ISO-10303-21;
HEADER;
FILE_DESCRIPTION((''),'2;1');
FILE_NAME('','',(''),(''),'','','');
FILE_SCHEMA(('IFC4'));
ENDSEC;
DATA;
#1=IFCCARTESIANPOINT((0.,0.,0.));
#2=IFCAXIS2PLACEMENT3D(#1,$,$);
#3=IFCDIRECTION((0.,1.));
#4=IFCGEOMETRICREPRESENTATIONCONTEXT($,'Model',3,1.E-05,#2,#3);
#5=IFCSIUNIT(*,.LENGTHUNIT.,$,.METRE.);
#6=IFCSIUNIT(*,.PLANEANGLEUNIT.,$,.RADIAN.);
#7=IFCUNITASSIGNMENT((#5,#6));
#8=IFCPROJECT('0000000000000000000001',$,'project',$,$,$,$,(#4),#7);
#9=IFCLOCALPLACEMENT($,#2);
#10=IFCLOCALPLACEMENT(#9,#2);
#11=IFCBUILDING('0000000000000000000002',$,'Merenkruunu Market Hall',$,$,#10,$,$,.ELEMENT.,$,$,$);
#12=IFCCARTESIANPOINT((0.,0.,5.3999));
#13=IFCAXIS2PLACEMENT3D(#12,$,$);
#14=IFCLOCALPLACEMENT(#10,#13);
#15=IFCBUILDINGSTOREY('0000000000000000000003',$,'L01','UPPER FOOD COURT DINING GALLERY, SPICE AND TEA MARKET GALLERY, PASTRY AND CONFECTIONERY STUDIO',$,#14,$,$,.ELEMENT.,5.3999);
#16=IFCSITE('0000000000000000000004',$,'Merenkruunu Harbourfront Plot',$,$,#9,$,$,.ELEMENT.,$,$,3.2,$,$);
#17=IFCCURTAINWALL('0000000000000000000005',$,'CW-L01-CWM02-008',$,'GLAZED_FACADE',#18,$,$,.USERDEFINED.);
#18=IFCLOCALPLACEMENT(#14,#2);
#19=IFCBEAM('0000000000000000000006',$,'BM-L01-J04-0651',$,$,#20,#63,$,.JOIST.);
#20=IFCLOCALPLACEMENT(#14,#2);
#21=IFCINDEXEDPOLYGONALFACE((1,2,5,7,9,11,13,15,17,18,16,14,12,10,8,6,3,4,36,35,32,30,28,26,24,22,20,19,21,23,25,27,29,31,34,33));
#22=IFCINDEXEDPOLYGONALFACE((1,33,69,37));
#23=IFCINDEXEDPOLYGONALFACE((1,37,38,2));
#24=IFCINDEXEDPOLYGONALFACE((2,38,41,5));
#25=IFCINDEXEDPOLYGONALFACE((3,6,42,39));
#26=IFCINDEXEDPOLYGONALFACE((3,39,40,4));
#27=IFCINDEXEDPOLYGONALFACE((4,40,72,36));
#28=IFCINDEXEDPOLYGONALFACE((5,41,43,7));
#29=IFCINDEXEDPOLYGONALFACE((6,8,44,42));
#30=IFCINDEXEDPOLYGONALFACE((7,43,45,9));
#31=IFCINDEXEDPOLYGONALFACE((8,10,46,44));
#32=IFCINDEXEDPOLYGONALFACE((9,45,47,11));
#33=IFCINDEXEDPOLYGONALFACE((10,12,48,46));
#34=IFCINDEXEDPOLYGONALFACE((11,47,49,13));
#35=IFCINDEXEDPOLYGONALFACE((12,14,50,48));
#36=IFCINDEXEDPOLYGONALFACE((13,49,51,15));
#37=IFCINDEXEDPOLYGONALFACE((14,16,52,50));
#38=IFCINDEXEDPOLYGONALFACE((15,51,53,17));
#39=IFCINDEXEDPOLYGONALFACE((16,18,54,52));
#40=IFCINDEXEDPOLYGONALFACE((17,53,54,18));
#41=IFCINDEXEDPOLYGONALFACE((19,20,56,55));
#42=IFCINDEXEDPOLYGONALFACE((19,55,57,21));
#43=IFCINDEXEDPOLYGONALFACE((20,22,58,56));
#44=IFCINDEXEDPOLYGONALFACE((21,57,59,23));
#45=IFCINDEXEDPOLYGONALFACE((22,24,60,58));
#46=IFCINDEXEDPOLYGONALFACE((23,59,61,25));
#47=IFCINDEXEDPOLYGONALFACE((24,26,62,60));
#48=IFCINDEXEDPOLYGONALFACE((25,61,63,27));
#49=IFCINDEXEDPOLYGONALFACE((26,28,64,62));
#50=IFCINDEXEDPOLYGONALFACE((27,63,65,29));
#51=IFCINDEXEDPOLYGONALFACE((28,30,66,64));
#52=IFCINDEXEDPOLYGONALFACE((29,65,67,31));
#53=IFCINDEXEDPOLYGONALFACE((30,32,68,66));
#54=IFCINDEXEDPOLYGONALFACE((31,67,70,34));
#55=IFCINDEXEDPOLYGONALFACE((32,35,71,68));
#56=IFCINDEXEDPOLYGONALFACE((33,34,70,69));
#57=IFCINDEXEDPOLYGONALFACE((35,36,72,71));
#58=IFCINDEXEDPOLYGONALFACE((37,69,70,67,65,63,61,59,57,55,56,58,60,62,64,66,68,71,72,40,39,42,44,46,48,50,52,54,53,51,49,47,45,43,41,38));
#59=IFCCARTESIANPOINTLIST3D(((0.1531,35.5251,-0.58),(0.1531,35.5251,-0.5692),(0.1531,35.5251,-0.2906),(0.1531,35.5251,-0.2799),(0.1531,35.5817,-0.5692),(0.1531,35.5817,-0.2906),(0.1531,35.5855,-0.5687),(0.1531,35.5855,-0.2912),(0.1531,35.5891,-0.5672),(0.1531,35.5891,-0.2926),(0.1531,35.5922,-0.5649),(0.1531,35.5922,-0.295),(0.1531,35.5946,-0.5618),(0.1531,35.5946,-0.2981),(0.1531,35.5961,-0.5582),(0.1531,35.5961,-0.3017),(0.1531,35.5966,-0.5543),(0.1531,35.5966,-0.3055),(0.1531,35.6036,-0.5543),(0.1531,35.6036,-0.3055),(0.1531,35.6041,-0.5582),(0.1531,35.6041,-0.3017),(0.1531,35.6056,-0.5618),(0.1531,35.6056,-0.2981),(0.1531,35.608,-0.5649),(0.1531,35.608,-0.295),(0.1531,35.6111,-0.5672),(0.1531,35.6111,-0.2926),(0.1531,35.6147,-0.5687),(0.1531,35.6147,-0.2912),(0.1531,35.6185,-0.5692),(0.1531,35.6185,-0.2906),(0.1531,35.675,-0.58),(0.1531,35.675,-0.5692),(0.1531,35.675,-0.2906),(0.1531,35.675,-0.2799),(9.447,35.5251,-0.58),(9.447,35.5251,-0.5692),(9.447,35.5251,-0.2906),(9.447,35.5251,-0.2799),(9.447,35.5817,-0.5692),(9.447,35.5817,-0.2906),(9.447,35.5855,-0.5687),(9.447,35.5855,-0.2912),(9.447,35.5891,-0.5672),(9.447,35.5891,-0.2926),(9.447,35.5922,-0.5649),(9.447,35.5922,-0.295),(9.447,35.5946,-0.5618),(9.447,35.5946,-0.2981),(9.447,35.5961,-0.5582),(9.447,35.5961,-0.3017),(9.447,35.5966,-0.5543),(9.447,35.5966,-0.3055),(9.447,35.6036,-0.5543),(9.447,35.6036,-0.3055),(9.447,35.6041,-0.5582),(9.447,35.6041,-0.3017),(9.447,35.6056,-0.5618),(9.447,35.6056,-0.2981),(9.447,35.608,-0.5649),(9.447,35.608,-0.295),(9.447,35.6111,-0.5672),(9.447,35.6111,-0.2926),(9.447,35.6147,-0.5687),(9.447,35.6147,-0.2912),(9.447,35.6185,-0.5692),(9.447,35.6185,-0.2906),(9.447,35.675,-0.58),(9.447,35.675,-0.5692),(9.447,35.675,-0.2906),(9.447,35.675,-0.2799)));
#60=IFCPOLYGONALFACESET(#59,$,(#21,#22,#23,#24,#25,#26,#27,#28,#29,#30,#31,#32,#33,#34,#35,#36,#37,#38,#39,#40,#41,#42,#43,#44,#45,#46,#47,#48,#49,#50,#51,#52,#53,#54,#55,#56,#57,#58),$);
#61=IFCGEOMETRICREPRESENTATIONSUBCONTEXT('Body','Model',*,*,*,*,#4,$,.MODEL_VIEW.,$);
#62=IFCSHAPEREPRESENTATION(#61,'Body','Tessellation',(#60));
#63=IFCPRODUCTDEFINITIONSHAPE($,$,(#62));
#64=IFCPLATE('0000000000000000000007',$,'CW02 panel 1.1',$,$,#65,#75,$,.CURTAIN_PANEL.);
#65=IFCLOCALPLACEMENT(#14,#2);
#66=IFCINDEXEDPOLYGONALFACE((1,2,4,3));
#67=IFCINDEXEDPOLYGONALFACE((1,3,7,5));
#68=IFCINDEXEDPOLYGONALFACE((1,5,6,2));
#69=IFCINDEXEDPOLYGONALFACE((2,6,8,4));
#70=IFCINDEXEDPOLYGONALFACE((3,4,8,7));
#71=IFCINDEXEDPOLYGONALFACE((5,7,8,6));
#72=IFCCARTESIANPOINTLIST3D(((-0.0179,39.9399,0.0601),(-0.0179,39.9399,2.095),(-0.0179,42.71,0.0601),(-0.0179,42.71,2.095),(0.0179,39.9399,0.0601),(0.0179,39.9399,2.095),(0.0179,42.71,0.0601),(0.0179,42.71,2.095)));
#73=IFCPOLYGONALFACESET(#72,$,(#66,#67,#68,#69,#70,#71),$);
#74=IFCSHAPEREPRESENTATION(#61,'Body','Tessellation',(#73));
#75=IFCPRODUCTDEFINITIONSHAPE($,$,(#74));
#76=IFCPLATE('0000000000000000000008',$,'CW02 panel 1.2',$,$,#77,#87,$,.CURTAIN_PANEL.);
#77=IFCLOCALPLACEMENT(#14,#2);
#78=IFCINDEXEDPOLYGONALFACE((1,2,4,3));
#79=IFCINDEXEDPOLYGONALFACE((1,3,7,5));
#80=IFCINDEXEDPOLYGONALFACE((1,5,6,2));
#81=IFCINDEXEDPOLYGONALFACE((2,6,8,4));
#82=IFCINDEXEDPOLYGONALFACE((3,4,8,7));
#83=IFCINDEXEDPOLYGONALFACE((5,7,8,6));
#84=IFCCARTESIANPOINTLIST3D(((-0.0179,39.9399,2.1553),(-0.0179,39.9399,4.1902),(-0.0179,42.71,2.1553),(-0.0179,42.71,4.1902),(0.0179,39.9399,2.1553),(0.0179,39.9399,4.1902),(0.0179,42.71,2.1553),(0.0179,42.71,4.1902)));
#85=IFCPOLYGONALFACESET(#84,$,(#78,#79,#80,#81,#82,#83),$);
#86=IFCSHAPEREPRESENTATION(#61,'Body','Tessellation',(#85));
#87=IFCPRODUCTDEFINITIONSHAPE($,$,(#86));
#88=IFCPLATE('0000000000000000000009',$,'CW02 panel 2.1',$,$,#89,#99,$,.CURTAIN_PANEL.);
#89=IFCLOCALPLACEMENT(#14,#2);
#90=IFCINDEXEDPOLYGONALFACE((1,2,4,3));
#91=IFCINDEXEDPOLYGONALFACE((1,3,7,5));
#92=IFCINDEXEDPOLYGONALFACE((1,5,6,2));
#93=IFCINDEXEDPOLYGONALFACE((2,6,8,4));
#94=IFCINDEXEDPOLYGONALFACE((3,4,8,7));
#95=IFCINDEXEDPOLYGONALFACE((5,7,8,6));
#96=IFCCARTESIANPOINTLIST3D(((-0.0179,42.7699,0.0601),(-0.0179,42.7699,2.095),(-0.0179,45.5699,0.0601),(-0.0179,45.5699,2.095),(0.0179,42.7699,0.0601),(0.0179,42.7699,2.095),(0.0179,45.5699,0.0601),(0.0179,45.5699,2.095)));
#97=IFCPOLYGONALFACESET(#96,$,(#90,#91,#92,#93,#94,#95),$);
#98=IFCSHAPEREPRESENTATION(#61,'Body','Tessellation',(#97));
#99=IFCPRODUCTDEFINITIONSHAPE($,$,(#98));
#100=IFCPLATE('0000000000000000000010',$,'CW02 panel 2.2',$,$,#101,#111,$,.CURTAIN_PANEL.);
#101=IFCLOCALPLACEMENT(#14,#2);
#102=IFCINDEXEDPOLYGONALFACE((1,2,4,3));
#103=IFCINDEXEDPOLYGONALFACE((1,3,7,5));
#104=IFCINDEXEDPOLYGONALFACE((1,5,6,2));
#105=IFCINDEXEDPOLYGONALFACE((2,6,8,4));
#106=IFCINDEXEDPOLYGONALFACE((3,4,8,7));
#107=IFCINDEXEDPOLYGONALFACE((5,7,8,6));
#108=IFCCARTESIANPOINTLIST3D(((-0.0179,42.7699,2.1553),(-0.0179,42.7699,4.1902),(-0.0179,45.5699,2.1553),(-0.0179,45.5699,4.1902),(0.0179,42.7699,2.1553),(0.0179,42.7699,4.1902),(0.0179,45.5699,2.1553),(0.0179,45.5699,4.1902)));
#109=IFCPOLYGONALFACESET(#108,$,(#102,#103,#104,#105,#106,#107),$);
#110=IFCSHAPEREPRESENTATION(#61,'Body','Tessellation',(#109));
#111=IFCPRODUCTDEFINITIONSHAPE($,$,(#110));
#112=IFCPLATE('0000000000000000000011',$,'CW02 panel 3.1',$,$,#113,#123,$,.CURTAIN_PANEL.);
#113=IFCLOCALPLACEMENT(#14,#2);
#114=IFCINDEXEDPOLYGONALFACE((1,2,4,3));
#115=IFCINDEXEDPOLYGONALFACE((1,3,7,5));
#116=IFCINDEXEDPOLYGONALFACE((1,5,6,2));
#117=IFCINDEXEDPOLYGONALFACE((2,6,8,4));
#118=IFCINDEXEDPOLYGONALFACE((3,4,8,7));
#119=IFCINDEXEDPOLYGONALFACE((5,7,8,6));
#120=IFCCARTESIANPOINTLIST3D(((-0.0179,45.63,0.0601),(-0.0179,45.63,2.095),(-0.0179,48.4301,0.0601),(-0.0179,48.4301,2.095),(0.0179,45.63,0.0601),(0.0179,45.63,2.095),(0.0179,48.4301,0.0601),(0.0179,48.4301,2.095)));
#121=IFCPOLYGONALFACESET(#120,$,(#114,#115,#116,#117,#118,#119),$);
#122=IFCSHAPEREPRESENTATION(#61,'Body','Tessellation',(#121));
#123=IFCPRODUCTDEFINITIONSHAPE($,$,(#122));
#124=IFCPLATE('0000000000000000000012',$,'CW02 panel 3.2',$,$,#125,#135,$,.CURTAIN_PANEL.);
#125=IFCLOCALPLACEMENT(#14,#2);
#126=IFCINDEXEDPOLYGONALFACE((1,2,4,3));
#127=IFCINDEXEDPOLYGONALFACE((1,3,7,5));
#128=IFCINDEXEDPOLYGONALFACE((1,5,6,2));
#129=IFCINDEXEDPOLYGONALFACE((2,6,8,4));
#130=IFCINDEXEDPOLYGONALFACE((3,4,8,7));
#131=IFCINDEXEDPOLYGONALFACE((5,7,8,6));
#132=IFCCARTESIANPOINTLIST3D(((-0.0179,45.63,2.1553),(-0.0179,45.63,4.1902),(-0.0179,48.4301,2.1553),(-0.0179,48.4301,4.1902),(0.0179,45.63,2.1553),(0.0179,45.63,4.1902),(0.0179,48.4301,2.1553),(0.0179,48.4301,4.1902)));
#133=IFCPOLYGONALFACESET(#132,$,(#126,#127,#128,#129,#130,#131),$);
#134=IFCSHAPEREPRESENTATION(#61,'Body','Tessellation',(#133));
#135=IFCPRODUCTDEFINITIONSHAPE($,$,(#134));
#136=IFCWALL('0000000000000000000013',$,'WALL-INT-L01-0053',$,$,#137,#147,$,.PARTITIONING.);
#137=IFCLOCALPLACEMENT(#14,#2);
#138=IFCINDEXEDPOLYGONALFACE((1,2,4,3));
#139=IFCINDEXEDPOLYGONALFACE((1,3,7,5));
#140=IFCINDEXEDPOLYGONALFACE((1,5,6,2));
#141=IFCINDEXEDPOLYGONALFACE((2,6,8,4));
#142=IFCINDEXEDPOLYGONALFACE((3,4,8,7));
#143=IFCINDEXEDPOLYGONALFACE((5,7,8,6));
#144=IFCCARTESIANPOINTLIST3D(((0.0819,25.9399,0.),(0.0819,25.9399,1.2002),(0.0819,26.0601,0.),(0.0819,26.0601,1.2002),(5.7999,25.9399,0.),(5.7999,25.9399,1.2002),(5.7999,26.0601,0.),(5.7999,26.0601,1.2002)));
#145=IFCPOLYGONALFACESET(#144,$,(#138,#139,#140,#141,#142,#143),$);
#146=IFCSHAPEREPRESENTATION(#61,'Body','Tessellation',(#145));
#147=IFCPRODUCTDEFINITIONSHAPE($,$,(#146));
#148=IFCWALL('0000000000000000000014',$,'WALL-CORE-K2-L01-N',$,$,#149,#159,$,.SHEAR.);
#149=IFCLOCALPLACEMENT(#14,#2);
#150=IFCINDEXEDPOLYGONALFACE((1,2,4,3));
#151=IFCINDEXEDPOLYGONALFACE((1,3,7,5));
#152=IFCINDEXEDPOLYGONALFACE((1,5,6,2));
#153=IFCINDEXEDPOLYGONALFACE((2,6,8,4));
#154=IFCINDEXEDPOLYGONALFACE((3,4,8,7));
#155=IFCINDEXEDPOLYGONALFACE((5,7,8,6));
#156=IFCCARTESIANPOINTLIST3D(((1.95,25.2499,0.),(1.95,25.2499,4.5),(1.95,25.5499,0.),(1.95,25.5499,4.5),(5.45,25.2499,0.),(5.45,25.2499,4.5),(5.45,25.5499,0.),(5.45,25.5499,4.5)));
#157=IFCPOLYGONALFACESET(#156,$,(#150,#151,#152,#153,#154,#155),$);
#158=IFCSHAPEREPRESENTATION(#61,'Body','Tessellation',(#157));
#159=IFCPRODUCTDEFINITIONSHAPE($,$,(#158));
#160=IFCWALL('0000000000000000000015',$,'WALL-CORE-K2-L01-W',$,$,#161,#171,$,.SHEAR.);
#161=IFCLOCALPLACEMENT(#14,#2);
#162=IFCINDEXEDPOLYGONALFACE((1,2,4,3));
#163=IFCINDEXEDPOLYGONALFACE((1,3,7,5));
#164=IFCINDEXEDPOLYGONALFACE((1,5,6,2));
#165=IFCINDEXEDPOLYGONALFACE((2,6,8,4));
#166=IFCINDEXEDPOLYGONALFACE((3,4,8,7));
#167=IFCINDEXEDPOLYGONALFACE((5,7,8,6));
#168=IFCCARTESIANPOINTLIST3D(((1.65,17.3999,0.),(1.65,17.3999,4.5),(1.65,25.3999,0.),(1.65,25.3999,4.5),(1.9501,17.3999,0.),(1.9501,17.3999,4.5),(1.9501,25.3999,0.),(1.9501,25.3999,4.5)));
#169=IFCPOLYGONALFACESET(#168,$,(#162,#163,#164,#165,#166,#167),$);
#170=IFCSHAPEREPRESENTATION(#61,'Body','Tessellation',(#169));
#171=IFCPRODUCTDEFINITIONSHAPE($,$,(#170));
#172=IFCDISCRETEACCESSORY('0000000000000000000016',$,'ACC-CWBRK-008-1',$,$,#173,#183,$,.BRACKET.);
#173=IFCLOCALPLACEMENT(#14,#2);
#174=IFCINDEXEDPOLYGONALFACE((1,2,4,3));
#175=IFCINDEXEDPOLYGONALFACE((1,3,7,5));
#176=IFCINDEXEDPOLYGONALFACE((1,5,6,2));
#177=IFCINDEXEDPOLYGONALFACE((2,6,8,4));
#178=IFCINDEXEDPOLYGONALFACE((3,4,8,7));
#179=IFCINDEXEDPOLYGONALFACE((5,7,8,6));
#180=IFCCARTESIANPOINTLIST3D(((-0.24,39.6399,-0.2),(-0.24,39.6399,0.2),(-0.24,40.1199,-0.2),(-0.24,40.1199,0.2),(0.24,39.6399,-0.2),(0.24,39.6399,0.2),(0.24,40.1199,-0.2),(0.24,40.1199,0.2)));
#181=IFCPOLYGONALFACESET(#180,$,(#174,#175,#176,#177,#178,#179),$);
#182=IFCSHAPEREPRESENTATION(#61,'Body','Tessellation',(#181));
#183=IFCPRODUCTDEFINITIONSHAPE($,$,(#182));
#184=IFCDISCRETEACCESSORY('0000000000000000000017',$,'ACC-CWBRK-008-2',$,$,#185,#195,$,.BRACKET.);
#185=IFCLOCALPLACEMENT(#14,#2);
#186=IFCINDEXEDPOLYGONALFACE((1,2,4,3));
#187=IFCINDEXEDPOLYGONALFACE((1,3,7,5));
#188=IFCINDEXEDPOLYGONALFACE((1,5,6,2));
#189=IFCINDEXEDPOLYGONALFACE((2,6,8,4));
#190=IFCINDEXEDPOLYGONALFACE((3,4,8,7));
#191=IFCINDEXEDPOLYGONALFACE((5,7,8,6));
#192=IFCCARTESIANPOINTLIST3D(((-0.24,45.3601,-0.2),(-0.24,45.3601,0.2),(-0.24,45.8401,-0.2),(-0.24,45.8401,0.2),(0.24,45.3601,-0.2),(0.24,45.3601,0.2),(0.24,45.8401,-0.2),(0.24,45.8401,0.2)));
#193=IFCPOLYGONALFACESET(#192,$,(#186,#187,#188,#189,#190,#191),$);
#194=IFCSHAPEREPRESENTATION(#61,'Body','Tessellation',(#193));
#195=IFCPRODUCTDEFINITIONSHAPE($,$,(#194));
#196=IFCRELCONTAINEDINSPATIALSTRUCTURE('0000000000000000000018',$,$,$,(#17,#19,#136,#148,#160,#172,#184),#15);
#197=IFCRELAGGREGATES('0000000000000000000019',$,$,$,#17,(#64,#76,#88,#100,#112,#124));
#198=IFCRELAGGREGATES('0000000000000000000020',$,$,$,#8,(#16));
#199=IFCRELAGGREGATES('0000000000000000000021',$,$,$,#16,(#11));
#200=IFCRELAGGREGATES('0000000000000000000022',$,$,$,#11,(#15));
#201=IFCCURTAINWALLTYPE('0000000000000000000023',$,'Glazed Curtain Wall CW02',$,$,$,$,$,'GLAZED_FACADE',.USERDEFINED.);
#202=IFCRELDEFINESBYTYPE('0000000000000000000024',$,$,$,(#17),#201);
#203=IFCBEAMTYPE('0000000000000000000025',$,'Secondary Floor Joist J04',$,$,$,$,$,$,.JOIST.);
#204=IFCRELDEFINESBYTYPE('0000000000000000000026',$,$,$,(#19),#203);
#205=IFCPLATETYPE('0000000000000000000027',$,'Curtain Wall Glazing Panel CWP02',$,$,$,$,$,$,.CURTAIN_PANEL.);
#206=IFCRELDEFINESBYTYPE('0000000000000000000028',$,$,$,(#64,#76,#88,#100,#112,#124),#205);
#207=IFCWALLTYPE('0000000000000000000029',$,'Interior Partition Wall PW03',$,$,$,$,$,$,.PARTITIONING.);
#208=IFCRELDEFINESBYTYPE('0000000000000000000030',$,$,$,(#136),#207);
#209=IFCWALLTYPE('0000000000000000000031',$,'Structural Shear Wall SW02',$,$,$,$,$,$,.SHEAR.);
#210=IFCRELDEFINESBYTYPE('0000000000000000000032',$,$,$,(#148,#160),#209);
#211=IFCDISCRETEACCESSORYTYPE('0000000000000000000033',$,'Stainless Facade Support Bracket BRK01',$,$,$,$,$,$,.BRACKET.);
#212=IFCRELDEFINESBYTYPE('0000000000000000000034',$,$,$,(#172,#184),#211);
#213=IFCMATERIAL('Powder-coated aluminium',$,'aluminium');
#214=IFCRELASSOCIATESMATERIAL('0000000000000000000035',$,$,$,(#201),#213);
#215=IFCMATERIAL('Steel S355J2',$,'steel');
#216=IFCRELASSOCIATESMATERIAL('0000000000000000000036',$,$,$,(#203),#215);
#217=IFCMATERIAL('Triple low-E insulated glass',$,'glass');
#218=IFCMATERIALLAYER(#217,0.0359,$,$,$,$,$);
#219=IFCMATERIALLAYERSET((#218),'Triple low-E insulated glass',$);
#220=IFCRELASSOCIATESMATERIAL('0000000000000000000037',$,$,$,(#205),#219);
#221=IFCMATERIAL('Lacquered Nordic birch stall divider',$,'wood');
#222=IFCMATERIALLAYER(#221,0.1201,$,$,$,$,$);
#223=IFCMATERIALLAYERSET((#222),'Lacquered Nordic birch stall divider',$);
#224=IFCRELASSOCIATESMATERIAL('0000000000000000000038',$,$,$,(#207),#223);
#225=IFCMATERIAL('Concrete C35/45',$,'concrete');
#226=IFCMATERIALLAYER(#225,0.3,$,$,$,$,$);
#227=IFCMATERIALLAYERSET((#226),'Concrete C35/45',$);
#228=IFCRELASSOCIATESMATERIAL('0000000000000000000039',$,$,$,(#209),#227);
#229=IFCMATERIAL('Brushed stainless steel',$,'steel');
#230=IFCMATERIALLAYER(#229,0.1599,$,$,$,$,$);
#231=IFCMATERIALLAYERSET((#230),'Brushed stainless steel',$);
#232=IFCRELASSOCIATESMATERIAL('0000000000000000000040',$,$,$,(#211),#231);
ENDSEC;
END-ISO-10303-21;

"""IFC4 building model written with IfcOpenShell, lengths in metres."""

from ifc_helpers import new_model, si_unit, direction, frame, frame_2d, origin, origin_2d, place, context, subcontext, project, spatial, rectangle, i_section, extrude, material, layer, layer_set, material_profile, profile_set, type_object, element, aggregate, save


model = new_model("IFC4")

# Units and contexts
model_context = context("Model", 3, precision=1e-05, world=origin(), true_north=direction((0.0, 1.0)))
body_context = subcontext(model_context, "Body", "Model", "MODEL_VIEW")
ifc_project = project(units=[si_unit("LENGTHUNIT", "METRE"), si_unit("PLANEANGLEUNIT", "RADIAN")], contexts=[model_context])

# Site, building, storey
site_placement = place(None, origin())
site = spatial("IfcSite", under=ifc_project, at=site_placement, Name="Merenkruunu Harbourfront Plot", CompositionType="ELEMENT", RefElevation=3.2)
building_placement = place(site_placement, origin())
building = spatial("IfcBuilding", under=site, at=building_placement, Name="Merenkruunu Market Hall", CompositionType="ELEMENT")
storey_placement = place(building_placement, frame((0.0, 0.0, 5.3999)))
storey = spatial("IfcBuildingStorey", under=building, at=storey_placement, Name="L01", Description="UPPER FOOD COURT DINING GALLERY, SPICE AND TEA MARKET GALLERY, PASTRY AND CONFECTIONERY STUDIO", CompositionType="ELEMENT", Elevation=5.3999)

# Shared definitions
ifc_material_1 = material(Name="Steel S355J2", Category="steel")

# Curtain wall
ifc_material_2 = material(Name="Powder-coated aluminium", Category="aluminium")
curtain_wall_type = type_object("IfcCurtainWallType", Name="Glazed Curtain Wall CW02", ElementType="GLAZED_FACADE", PredefinedType="USERDEFINED", material=ifc_material_2)
curtain_wall_placement = place(storey_placement, origin())
curtain_wall = element("IfcCurtainWall", 1, at=curtain_wall_placement, inside=storey, type_object=curtain_wall_type, Name="CW-L01-CWM02-008", ObjectType="GLAZED_FACADE", PredefinedType="USERDEFINED")

# Beam
ifc_material_profile_1 = material_profile(ifc_material_1, i_section(OverallWidth=0.1499, OverallDepth=0.3, WebThickness=0.0071, FlangeThickness=0.0107, FilletRadius=0.0149, at=origin_2d()), Name="IPE 300")
ifc_profile_set_1 = profile_set([ifc_material_profile_1], Name="Steel S355J2")
beam_type_1 = type_object("IfcBeamType", Name="Secondary Floor Joist J04", PredefinedType="JOIST", material=ifc_profile_set_1)
for number, where, z_axis, x_axis, name in (
    (2, (0.1531, 35.6001, -0.4299), (1.0, 0.0, 0.0), (0.0, 1.0, 0.0), "BM-L01-J04-0651"),
):
    element("IfcBeam", number, at=place(storey_placement, frame(where, z_axis=z_axis, x_axis=x_axis)), inside=storey, type_object=beam_type_1, Name=name, PredefinedType="JOIST", context=body_context, shape_type="SweptSolid", body=[
        extrude(i_section(OverallWidth=0.1499, OverallDepth=0.3, WebThickness=0.0071, FlangeThickness=0.0107, FilletRadius=0.0149, at=origin_2d()), origin(), (0.0, 0.0, 1.0), 9.2939),
    ])

# Plates
ifc_material_3 = material(Name="Triple low-E insulated glass", Category="glass")
ifc_layer_1 = layer(ifc_material_3, 0.0359)
ifc_layer_set_1 = layer_set([ifc_layer_1], Name="Triple low-E insulated glass")
plate_type = type_object("IfcPlateType", Name="Curtain Wall Glazing Panel CWP02", PredefinedType="CURTAIN_PANEL", material=ifc_layer_set_1)
plate_1_placement = place(storey_placement, frame((0.0, 41.325, 0.0601), z_axis=(0.0, 0.0, 1.0), x_axis=(0.0, 1.0, 0.0)))
plate_1 = element("IfcPlate", 3, at=plate_1_placement, type_object=plate_type, Name="CW02 panel 1.1", PredefinedType="CURTAIN_PANEL", context=body_context, shape_type="SweptSolid", body=[
    extrude(rectangle(XDim=2.77, YDim=0.0359, at=origin_2d()), origin(), (0.0, 0.0, 1.0), 2.0349),
])
plate_2_placement = place(storey_placement, frame((0.0, 41.325, 2.1553), z_axis=(0.0, 0.0, 1.0), x_axis=(0.0, 1.0, 0.0)))
plate_2 = element("IfcPlate", 4, at=plate_2_placement, type_object=plate_type, Name="CW02 panel 1.2", PredefinedType="CURTAIN_PANEL", context=body_context, shape_type="SweptSolid", body=[
    extrude(rectangle(XDim=2.77, YDim=0.0359, at=origin_2d()), origin(), (0.0, 0.0, 1.0), 2.0349),
])
plate_3_placement = place(storey_placement, frame((0.0, 44.1699, 0.0601), z_axis=(0.0, 0.0, 1.0), x_axis=(0.0, 1.0, 0.0)))
plate_3 = element("IfcPlate", 5, at=plate_3_placement, type_object=plate_type, Name="CW02 panel 2.1", PredefinedType="CURTAIN_PANEL", context=body_context, shape_type="SweptSolid", body=[
    extrude(rectangle(XDim=2.8, YDim=0.0359, at=origin_2d()), origin(), (0.0, 0.0, 1.0), 2.0349),
])
plate_4_placement = place(storey_placement, frame((0.0, 44.1699, 2.1553), z_axis=(0.0, 0.0, 1.0), x_axis=(0.0, 1.0, 0.0)))
plate_4 = element("IfcPlate", 6, at=plate_4_placement, type_object=plate_type, Name="CW02 panel 2.2", PredefinedType="CURTAIN_PANEL", context=body_context, shape_type="SweptSolid", body=[
    extrude(rectangle(XDim=2.8, YDim=0.0359, at=origin_2d()), origin(), (0.0, 0.0, 1.0), 2.0349),
])
plate_5_placement = place(storey_placement, frame((0.0, 47.03, 0.0601), z_axis=(0.0, 0.0, 1.0), x_axis=(0.0, 1.0, 0.0)))
plate_5 = element("IfcPlate", 7, at=plate_5_placement, type_object=plate_type, Name="CW02 panel 3.1", PredefinedType="CURTAIN_PANEL", context=body_context, shape_type="SweptSolid", body=[
    extrude(rectangle(XDim=2.8, YDim=0.0359, at=origin_2d()), origin(), (0.0, 0.0, 1.0), 2.0349),
])
plate_6_placement = place(storey_placement, frame((0.0, 47.03, 2.1553), z_axis=(0.0, 0.0, 1.0), x_axis=(0.0, 1.0, 0.0)))
plate_6 = element("IfcPlate", 8, at=plate_6_placement, type_object=plate_type, Name="CW02 panel 3.2", PredefinedType="CURTAIN_PANEL", context=body_context, shape_type="SweptSolid", body=[
    extrude(rectangle(XDim=2.8, YDim=0.0359, at=origin_2d()), origin(), (0.0, 0.0, 1.0), 2.0349),
])
aggregate(curtain_wall, [plate_1, plate_2, plate_3, plate_4, plate_5, plate_6])

# Walls
ifc_material_4 = material(Name="Lacquered Nordic birch stall divider", Category="wood")
ifc_layer_2 = layer(ifc_material_4, 0.1201)
ifc_layer_set_2 = layer_set([ifc_layer_2], Name="Lacquered Nordic birch stall divider")
wall_type_1 = type_object("IfcWallType", Name="Interior Partition Wall PW03", PredefinedType="PARTITIONING", material=ifc_layer_set_2)
wall_1_placement = place(storey_placement, frame((0.082, 26.0, 0.0), z_axis=(0.0, 0.0, 1.0), x_axis=(1.0, 0.0, 0.0)))
element("IfcWall", 9, at=wall_1_placement, inside=storey, type_object=wall_type_1, Name="WALL-INT-L01-0053", PredefinedType="PARTITIONING", context=body_context, shape_type="SweptSolid", body=[
    extrude(rectangle(XDim=5.718, YDim=0.1201, at=frame_2d((2.8589, 0.0))), origin(), (0.0, 0.0, 1.0), 1.2002),
])
ifc_material_5 = material(Name="Concrete C35/45", Category="concrete")
ifc_layer_3 = layer(ifc_material_5, 0.3)
ifc_layer_set_3 = layer_set([ifc_layer_3], Name="Concrete C35/45")
wall_type_2 = type_object("IfcWallType", Name="Structural Shear Wall SW02", PredefinedType="SHEAR", material=ifc_layer_set_3)
wall_2_placement = place(storey_placement, frame((5.45, 25.3999, 0.0), z_axis=(0.0, 0.0, 1.0), x_axis=(-1.0, 0.0, 0.0)))
element("IfcWall", 10, at=wall_2_placement, inside=storey, type_object=wall_type_2, Name="WALL-CORE-K2-L01-N", PredefinedType="SHEAR", context=body_context, shape_type="SweptSolid", body=[
    extrude(rectangle(XDim=3.5, YDim=0.3, at=frame_2d((1.75, 0.0))), origin(), (0.0, 0.0, 1.0), 4.5),
])
wall_3_placement = place(storey_placement, frame((1.8, 25.3999, 0.0), z_axis=(0.0, 0.0, 1.0), x_axis=(0.0, -1.0, 0.0)))
element("IfcWall", 11, at=wall_3_placement, inside=storey, type_object=wall_type_2, Name="WALL-CORE-K2-L01-W", PredefinedType="SHEAR", context=body_context, shape_type="SweptSolid", body=[
    extrude(rectangle(XDim=8.0, YDim=0.3, at=frame_2d((4.0, 0.0))), origin(), (0.0, 0.0, 1.0), 4.5),
])

# Discrete accessories
ifc_material_6 = material(Name="Brushed stainless steel", Category="steel")
ifc_layer_4 = layer(ifc_material_6, 0.1599)
ifc_layer_set_4 = layer_set([ifc_layer_4], Name="Brushed stainless steel")
discrete_accessory_type = type_object("IfcDiscreteAccessoryType", Name="Stainless Facade Support Bracket BRK01", PredefinedType="BRACKET", material=ifc_layer_set_4)
for number, where, z_axis, x_axis, name in (
    (12, (0.0, 39.8799, -0.2), (0.0, 0.0, 1.0), (1.0, 0.0, 0.0), "ACC-CWBRK-008-1"),
    (13, (0.0, 45.6001, -0.2), (0.0, 0.0, 1.0), (1.0, 0.0, 0.0), "ACC-CWBRK-008-2"),
):
    element("IfcDiscreteAccessory", number, at=place(storey_placement, frame(where, z_axis=z_axis, x_axis=x_axis)), inside=storey, type_object=discrete_accessory_type, Name=name, PredefinedType="BRACKET", context=body_context, shape_type="SweptSolid", body=[
        extrude(rectangle(XDim=0.48, YDim=0.48, at=origin_2d()), origin(), (0.0, 0.0, 1.0), 0.3999),
    ])

save(model, "model.ifc")
